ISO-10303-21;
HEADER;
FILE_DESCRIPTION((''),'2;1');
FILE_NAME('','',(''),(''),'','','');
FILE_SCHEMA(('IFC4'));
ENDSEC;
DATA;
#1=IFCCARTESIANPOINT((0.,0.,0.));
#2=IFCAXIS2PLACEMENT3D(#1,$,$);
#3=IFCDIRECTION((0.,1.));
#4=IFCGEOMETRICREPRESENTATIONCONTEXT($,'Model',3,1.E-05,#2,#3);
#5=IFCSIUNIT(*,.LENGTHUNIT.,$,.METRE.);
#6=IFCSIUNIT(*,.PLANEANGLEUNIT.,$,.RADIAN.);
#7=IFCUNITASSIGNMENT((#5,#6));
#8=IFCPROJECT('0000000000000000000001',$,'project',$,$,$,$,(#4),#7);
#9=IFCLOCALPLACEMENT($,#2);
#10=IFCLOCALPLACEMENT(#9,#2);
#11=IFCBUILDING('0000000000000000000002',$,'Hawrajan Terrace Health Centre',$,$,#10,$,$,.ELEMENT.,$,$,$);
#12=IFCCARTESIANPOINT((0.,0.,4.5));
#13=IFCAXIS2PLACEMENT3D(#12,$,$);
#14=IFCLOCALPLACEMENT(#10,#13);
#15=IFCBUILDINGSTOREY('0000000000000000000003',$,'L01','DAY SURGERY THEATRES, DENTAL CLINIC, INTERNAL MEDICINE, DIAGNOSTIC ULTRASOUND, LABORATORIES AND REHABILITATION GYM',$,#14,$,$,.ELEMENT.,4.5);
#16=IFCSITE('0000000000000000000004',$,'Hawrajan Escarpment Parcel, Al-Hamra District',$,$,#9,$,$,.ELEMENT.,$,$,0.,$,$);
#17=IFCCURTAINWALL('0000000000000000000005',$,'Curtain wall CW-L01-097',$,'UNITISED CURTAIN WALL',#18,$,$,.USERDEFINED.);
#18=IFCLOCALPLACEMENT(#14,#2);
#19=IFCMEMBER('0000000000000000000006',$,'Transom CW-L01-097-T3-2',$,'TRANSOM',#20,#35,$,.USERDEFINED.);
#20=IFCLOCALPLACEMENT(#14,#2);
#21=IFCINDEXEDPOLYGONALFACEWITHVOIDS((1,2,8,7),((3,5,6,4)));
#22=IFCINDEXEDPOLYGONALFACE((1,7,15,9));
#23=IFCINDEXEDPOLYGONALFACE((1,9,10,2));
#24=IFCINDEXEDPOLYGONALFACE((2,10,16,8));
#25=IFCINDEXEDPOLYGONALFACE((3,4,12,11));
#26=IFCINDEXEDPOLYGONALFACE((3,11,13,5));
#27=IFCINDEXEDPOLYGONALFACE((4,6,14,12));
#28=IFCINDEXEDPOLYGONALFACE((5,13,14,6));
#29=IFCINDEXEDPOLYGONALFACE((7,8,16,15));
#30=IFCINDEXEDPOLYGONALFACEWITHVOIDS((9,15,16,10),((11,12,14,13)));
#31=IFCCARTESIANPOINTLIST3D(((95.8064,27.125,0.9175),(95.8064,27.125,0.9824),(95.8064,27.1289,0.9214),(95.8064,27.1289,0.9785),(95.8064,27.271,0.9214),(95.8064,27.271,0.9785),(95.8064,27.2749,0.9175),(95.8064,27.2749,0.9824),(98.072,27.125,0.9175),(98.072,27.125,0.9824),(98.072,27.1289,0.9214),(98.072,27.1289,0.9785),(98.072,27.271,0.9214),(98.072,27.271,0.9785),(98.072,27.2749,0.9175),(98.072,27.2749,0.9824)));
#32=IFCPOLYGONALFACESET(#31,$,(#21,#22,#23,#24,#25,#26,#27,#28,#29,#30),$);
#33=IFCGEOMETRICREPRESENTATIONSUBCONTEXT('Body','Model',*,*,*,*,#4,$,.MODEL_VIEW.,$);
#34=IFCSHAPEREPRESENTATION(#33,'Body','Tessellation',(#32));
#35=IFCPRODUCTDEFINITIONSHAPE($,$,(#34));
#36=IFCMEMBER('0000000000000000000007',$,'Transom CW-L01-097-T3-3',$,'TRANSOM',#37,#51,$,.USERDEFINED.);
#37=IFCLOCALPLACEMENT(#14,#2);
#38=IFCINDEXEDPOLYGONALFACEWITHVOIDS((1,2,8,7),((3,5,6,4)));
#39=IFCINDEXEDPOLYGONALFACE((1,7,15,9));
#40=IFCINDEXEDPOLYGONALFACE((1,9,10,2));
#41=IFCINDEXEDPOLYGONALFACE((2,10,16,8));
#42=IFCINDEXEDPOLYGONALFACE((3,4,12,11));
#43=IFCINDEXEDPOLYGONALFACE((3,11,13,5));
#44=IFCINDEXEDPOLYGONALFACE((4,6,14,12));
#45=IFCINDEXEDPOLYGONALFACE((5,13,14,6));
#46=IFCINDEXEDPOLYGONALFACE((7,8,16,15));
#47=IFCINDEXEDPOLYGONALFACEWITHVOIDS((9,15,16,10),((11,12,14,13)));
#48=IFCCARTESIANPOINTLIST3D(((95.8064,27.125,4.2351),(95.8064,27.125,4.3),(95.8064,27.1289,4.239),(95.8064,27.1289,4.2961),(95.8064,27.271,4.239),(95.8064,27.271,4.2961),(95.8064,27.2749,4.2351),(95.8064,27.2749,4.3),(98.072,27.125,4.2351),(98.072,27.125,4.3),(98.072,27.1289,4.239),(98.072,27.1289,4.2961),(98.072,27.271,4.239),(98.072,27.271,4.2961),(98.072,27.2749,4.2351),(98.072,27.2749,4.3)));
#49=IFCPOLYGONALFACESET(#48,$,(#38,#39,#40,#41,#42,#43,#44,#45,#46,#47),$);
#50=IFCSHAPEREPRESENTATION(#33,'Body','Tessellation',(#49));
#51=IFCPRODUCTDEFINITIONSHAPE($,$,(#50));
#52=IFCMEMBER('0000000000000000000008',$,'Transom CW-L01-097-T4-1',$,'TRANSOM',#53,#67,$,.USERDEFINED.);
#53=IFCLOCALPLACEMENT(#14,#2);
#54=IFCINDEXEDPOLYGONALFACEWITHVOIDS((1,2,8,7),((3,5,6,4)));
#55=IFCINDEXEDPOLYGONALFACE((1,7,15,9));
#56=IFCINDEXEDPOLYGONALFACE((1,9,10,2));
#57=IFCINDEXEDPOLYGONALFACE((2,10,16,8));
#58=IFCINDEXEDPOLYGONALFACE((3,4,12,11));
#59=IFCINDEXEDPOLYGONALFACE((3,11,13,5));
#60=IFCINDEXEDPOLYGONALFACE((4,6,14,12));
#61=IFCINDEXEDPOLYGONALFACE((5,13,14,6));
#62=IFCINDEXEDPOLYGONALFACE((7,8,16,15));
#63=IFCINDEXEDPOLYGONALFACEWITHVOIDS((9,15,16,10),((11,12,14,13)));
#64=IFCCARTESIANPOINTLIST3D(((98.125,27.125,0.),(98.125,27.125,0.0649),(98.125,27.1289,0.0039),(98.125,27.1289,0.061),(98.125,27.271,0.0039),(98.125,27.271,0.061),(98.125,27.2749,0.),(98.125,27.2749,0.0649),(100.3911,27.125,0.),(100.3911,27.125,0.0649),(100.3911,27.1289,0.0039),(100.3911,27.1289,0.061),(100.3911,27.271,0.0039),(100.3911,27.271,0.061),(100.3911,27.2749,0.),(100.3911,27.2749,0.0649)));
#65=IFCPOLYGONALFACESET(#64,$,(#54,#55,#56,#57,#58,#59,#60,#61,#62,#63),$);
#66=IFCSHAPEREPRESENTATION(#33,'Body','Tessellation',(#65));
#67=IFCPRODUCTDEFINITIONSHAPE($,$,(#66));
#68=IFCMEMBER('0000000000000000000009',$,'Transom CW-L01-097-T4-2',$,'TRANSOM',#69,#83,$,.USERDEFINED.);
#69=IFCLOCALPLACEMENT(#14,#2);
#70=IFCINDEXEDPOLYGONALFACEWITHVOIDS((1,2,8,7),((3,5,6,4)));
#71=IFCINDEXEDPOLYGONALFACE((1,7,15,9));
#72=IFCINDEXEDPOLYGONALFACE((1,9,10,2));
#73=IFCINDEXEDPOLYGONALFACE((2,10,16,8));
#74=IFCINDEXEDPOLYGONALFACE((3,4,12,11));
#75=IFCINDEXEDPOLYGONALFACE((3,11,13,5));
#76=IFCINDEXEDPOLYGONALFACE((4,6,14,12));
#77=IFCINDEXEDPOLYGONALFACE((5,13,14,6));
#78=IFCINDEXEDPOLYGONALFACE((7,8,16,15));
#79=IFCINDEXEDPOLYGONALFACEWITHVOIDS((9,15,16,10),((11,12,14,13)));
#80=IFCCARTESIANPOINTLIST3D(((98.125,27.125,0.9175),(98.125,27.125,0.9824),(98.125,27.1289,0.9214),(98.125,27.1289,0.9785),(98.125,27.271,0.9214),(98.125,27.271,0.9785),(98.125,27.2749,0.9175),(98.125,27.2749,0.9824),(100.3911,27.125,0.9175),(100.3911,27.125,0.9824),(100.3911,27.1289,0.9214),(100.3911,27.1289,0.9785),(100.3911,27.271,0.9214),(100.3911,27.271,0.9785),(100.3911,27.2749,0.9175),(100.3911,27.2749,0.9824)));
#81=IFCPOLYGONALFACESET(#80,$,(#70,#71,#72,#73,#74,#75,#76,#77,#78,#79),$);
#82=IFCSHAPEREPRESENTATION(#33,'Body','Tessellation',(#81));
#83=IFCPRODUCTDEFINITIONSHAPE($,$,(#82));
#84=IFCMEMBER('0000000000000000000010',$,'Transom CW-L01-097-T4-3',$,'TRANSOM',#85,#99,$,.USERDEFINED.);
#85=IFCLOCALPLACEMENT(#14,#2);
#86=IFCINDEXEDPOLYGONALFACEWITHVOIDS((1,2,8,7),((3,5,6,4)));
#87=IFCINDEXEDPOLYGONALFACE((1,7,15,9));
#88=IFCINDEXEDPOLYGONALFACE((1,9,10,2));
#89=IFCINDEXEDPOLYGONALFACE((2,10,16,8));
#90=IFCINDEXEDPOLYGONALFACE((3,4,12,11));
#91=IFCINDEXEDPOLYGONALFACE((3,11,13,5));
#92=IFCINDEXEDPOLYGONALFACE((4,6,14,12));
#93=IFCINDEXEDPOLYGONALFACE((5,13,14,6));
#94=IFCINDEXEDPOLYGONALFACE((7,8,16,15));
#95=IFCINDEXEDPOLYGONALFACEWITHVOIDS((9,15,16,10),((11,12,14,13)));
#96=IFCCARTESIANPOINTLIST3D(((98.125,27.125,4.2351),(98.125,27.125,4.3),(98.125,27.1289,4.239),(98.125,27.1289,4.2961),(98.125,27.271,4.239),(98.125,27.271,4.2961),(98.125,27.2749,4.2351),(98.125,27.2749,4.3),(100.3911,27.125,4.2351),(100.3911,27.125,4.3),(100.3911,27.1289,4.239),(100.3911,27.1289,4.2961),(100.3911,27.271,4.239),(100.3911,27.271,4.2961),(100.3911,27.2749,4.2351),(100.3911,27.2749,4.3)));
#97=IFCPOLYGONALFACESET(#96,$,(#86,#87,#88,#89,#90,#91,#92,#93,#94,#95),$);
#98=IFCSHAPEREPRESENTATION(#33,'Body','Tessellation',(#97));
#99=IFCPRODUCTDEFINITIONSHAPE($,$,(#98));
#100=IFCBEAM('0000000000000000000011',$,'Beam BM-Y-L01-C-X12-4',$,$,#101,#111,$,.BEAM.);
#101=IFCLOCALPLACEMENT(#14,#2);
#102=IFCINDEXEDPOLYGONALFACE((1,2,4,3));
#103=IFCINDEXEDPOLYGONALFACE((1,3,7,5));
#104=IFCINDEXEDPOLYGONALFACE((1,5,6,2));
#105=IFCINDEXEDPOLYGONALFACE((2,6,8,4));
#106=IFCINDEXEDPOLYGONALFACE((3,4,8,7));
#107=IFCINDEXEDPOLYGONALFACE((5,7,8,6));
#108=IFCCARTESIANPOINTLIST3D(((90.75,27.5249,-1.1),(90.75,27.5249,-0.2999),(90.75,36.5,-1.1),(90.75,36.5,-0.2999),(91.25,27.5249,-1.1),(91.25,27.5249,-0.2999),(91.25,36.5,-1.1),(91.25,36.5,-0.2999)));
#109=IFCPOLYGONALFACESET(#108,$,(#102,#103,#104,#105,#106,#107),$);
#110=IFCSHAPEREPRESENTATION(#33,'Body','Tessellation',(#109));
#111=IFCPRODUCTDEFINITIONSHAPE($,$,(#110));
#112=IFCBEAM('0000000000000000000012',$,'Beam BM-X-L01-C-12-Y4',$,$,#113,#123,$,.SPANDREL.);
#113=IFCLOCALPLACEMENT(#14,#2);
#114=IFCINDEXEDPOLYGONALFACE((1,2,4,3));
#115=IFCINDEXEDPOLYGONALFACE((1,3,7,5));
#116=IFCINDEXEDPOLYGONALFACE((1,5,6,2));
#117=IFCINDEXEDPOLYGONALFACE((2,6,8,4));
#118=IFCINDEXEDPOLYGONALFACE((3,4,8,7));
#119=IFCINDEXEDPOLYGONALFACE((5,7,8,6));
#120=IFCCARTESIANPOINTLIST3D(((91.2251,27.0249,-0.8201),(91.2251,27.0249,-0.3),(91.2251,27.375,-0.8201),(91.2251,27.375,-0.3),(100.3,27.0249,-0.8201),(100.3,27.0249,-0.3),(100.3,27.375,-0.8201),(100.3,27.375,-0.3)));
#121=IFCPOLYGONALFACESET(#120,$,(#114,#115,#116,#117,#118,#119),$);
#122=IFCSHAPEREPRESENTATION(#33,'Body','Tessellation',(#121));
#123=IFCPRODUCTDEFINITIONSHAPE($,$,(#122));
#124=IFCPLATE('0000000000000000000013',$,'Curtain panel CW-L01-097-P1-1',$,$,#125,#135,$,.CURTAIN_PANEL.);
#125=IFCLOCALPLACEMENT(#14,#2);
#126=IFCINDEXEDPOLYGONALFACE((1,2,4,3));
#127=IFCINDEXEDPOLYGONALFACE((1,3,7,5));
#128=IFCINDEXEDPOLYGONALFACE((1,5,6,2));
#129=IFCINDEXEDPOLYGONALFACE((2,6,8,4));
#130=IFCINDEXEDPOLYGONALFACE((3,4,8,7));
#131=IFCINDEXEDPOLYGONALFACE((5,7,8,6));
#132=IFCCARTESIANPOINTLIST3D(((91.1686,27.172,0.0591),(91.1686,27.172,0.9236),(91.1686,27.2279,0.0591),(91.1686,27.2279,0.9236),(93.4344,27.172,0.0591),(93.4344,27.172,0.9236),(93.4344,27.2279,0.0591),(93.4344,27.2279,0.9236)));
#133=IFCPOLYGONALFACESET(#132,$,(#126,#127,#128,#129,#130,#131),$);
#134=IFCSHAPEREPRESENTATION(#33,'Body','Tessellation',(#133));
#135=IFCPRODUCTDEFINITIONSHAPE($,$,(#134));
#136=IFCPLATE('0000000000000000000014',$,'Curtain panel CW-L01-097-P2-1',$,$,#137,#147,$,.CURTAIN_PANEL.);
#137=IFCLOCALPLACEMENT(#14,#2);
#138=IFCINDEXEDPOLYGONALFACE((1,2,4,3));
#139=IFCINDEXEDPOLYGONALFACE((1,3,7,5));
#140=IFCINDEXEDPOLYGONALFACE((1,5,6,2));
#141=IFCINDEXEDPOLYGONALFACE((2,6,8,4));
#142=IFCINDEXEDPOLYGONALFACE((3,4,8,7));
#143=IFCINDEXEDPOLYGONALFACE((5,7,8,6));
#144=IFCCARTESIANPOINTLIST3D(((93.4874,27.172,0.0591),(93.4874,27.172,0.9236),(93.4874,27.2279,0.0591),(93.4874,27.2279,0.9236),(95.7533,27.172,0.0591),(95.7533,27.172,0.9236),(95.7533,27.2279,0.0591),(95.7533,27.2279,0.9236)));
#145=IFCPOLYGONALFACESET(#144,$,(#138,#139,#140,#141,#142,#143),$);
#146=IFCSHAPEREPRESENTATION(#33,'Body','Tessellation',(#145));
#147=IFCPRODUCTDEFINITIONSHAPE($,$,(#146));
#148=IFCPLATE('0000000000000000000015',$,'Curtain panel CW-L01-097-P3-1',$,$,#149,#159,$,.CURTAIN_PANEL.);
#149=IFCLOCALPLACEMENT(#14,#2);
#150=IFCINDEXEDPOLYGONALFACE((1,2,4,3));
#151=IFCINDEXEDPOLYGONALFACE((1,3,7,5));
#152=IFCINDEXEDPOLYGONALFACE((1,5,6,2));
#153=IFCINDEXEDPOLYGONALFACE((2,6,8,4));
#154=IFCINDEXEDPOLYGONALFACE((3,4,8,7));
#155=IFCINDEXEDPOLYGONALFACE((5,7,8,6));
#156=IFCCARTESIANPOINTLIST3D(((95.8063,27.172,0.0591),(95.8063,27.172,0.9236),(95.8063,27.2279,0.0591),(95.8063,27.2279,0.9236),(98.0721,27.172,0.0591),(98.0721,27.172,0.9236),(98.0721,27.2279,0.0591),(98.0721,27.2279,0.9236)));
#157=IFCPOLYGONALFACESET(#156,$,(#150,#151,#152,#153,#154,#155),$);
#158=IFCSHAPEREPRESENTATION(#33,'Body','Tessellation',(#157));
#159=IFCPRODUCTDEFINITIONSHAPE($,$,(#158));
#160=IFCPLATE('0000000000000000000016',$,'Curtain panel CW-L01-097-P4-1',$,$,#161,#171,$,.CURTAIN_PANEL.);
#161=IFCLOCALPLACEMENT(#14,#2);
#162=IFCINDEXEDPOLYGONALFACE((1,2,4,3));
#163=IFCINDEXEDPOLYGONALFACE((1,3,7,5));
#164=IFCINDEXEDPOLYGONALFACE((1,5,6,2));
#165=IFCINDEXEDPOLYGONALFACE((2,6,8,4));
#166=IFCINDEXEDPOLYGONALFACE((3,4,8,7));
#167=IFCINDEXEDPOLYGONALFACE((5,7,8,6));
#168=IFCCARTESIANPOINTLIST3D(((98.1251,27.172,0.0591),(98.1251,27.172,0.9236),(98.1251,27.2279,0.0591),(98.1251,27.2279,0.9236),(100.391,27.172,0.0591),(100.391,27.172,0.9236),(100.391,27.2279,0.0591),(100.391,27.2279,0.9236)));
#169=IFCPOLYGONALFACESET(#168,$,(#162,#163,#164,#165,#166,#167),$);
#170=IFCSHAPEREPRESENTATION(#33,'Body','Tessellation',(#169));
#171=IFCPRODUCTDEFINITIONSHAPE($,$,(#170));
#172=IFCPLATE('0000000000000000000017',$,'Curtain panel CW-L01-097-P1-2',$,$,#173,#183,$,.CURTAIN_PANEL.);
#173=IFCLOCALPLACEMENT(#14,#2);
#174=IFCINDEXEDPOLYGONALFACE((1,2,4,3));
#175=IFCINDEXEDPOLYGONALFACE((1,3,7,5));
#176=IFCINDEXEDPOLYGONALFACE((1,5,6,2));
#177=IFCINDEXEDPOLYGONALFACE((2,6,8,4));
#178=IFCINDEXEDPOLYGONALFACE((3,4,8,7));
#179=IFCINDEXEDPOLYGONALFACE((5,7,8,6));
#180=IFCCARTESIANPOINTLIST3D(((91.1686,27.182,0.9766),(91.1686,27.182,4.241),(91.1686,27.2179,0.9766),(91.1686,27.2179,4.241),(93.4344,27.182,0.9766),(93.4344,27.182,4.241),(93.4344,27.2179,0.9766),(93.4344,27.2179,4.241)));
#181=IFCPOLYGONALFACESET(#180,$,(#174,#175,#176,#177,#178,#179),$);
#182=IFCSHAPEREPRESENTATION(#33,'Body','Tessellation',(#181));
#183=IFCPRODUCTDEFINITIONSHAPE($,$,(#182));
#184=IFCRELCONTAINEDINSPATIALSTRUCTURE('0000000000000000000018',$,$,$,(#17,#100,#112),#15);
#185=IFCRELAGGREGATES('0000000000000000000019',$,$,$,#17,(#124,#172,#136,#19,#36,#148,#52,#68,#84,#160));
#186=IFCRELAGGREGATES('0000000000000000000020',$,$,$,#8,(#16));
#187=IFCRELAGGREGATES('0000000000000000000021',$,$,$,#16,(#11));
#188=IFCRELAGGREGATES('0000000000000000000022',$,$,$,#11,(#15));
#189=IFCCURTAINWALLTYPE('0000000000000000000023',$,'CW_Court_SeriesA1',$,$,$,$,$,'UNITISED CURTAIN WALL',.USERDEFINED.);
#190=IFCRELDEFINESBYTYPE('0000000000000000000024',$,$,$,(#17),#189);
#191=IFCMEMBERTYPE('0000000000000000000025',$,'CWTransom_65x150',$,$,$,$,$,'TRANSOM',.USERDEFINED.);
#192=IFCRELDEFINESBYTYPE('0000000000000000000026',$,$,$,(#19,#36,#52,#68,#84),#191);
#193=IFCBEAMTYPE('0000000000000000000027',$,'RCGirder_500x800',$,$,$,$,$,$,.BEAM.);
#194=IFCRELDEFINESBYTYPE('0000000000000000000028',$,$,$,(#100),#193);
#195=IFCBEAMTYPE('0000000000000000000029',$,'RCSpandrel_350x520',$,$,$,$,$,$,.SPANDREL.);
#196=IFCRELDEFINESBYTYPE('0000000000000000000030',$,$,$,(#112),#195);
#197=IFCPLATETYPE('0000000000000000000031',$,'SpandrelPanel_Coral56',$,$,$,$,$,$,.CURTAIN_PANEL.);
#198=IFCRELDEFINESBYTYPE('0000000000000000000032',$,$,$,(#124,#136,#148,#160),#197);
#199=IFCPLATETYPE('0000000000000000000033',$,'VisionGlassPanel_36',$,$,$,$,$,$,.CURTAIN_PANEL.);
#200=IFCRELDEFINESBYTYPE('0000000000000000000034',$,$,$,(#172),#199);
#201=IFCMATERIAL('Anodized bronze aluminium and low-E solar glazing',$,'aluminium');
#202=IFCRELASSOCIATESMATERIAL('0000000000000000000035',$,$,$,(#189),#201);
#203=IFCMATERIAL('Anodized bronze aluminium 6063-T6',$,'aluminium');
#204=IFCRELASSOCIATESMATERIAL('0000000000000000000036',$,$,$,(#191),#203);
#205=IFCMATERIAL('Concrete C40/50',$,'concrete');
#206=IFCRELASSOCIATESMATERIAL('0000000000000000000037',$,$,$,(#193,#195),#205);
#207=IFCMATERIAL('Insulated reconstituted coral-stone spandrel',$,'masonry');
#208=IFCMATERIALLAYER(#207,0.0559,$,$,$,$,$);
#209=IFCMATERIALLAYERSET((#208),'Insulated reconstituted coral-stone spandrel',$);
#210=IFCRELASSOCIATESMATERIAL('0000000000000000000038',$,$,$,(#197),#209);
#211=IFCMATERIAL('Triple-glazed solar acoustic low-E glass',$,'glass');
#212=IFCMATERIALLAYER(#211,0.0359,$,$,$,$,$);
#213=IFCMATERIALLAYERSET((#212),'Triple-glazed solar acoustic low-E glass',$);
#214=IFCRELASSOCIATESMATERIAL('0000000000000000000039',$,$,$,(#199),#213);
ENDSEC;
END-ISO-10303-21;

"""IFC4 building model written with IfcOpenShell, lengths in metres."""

from ifc_helpers import new_model, si_unit, direction, frame, origin, origin_2d, place, context, subcontext, project, spatial, rectangle, hollow_rectangle, extrude, material, layer, layer_set, material_profile, profile_set, type_object, element, aggregate, save


model = new_model("IFC4")

# Units and contexts
model_context = context("Model", 3, precision=1e-05, world=origin(), true_north=direction((0.0, 1.0)))
body_context = subcontext(model_context, "Body", "Model", "MODEL_VIEW")
ifc_project = project(units=[si_unit("LENGTHUNIT", "METRE"), si_unit("PLANEANGLEUNIT", "RADIAN")], contexts=[model_context])

# Site, building, storey
site_placement = place(None, origin())
site = spatial("IfcSite", under=ifc_project, at=site_placement, Name="Hawrajan Escarpment Parcel, Al-Hamra District", CompositionType="ELEMENT", RefElevation=0.0)
building_placement = place(site_placement, origin())
building = spatial("IfcBuilding", under=site, at=building_placement, Name="Hawrajan Terrace Health Centre", CompositionType="ELEMENT")
storey_placement = place(building_placement, frame((0.0, 0.0, 4.5)))
storey = spatial("IfcBuildingStorey", under=building, at=storey_placement, Name="L01", Description="DAY SURGERY THEATRES, DENTAL CLINIC, INTERNAL MEDICINE, DIAGNOSTIC ULTRASOUND, LABORATORIES AND REHABILITATION GYM", CompositionType="ELEMENT", Elevation=4.5)

# Curtain wall, members
ifc_material_1 = material(Name="Anodized bronze aluminium and low-E solar glazing", Category="aluminium")
curtain_wall_type = type_object("IfcCurtainWallType", Name="CW_Court_SeriesA1", ElementType="UNITISED CURTAIN WALL", PredefinedType="USERDEFINED", material=ifc_material_1)
curtain_wall_placement = place(storey_placement, origin())
curtain_wall = element("IfcCurtainWall", 1, at=curtain_wall_placement, inside=storey, type_object=curtain_wall_type, Name="Curtain wall CW-L01-097", ObjectType="UNITISED CURTAIN WALL", PredefinedType="USERDEFINED")
ifc_material_2 = material(Name="Anodized bronze aluminium 6063-T6", Category="aluminium")
ifc_material_profile_1 = material_profile(ifc_material_2, hollow_rectangle(XDim=0.0649, YDim=0.1499, WallThickness=0.0039, at=origin_2d()), Name="CW TRN 65x150")
ifc_profile_set_1 = profile_set([ifc_material_profile_1], Name="Anodized bronze aluminium 6063-T6")
member_type_1 = type_object("IfcMemberType", Name="CWTransom_65x150", ElementType="TRANSOM", PredefinedType="USERDEFINED", material=ifc_profile_set_1)
member_1_placement = place(storey_placement, frame((95.8064, 27.2, 0.95), z_axis=(1.0, 0.0, 0.0), x_axis=(0.0, 0.0, 1.0)))
member_1 = element("IfcMember", 2, at=member_1_placement, type_object=member_type_1, Name="Transom CW-L01-097-T3-2", ObjectType="TRANSOM", PredefinedType="USERDEFINED", context=body_context, shape_type="SweptSolid", body=[
    extrude(hollow_rectangle(XDim=0.0649, YDim=0.1499, WallThickness=0.0039, at=origin_2d()), origin(), (0.0, 0.0, 1.0), 2.2656),
])
member_2_placement = place(storey_placement, frame((95.8064, 27.2, 4.2676), z_axis=(1.0, 0.0, 0.0), x_axis=(0.0, 0.0, 1.0)))
member_2 = element("IfcMember", 3, at=member_2_placement, type_object=member_type_1, Name="Transom CW-L01-097-T3-3", ObjectType="TRANSOM", PredefinedType="USERDEFINED", context=body_context, shape_type="SweptSolid", body=[
    extrude(hollow_rectangle(XDim=0.0649, YDim=0.1499, WallThickness=0.0039, at=origin_2d()), origin(), (0.0, 0.0, 1.0), 2.2656),
])
member_3_placement = place(storey_placement, frame((98.125, 27.2, 0.0325), z_axis=(1.0, 0.0, 0.0), x_axis=(0.0, 0.0, 1.0)))
member_3 = element("IfcMember", 4, at=member_3_placement, type_object=member_type_1, Name="Transom CW-L01-097-T4-1", ObjectType="TRANSOM", PredefinedType="USERDEFINED", context=body_context, shape_type="SweptSolid", body=[
    extrude(hollow_rectangle(XDim=0.0649, YDim=0.1499, WallThickness=0.0039, at=origin_2d()), origin(), (0.0, 0.0, 1.0), 2.2661),
])
member_4_placement = place(storey_placement, frame((98.125, 27.2, 0.95), z_axis=(1.0, 0.0, 0.0), x_axis=(0.0, 0.0, 1.0)))
member_4 = element("IfcMember", 5, at=member_4_placement, type_object=member_type_1, Name="Transom CW-L01-097-T4-2", ObjectType="TRANSOM", PredefinedType="USERDEFINED", context=body_context, shape_type="SweptSolid", body=[
    extrude(hollow_rectangle(XDim=0.0649, YDim=0.1499, WallThickness=0.0039, at=origin_2d()), origin(), (0.0, 0.0, 1.0), 2.2661),
])
member_5_placement = place(storey_placement, frame((98.125, 27.2, 4.2676), z_axis=(1.0, 0.0, 0.0), x_axis=(0.0, 0.0, 1.0)))
member_5 = element("IfcMember", 6, at=member_5_placement, type_object=member_type_1, Name="Transom CW-L01-097-T4-3", ObjectType="TRANSOM", PredefinedType="USERDEFINED", context=body_context, shape_type="SweptSolid", body=[
    extrude(hollow_rectangle(XDim=0.0649, YDim=0.1499, WallThickness=0.0039, at=origin_2d()), origin(), (0.0, 0.0, 1.0), 2.2661),
])

# Beams
ifc_material_3 = material(Name="Concrete C40/50", Category="concrete")
ifc_material_profile_2 = material_profile(ifc_material_3, rectangle(XDim=0.5, YDim=0.8, at=origin_2d()), Name="RC BM 500x800")
ifc_profile_set_2 = profile_set([ifc_material_profile_2], Name="Concrete C40/50")
beam_type_1 = type_object("IfcBeamType", Name="RCGirder_500x800", PredefinedType="BEAM", material=ifc_profile_set_2)
beam_1_placement = place(storey_placement, frame((91.0, 27.5249, -0.7), z_axis=(0.0, 1.0, 0.0), x_axis=(-1.0, 0.0, 0.0)))
element("IfcBeam", 7, at=beam_1_placement, inside=storey, type_object=beam_type_1, Name="Beam BM-Y-L01-C-X12-4", PredefinedType="BEAM", context=body_context, shape_type="SweptSolid", body=[
    extrude(rectangle(XDim=0.5, YDim=0.8, at=origin_2d()), origin(), (0.0, 0.0, 1.0), 8.9751),
])
ifc_material_profile_3 = material_profile(ifc_material_3, rectangle(XDim=0.3501, YDim=0.52, at=origin_2d()), Name="RC SP 350x520")
ifc_profile_set_3 = profile_set([ifc_material_profile_3], Name="Concrete C40/50")
beam_type_2 = type_object("IfcBeamType", Name="RCSpandrel_350x520", PredefinedType="SPANDREL", material=ifc_profile_set_3)
beam_2_placement = place(storey_placement, frame((91.2251, 27.2, -0.5601), z_axis=(1.0, 0.0, 0.0), x_axis=(0.0, 1.0, 0.0)))
element("IfcBeam", 8, at=beam_2_placement, inside=storey, type_object=beam_type_2, Name="Beam BM-X-L01-C-12-Y4", PredefinedType="SPANDREL", context=body_context, shape_type="SweptSolid", body=[
    extrude(rectangle(XDim=0.3501, YDim=0.52, at=origin_2d()), origin(), (0.0, 0.0, 1.0), 9.075),
])

# Plates
ifc_material_4 = material(Name="Insulated reconstituted coral-stone spandrel", Category="masonry")
ifc_layer_1 = layer(ifc_material_4, 0.0559)
ifc_layer_set_1 = layer_set([ifc_layer_1], Name="Insulated reconstituted coral-stone spandrel")
plate_type_1 = type_object("IfcPlateType", Name="SpandrelPanel_Coral56", PredefinedType="CURTAIN_PANEL", material=ifc_layer_set_1)
plate_1_placement = place(storey_placement, frame((92.3015, 27.2, 0.0591), z_axis=(0.0, 0.0, 1.0), x_axis=(1.0, 0.0, 0.0)))
plate_1 = element("IfcPlate", 9, at=plate_1_placement, type_object=plate_type_1, Name="Curtain panel CW-L01-097-P1-1", PredefinedType="CURTAIN_PANEL", context=body_context, shape_type="SweptSolid", body=[
    extrude(rectangle(XDim=2.2659, YDim=0.0559, at=origin_2d()), origin(), (0.0, 0.0, 1.0), 0.8645),
])
plate_2_placement = place(storey_placement, frame((94.6204, 27.2, 0.0591), z_axis=(0.0, 0.0, 1.0), x_axis=(1.0, 0.0, 0.0)))
plate_2 = element("IfcPlate", 10, at=plate_2_placement, type_object=plate_type_1, Name="Curtain panel CW-L01-097-P2-1", PredefinedType="CURTAIN_PANEL", context=body_context, shape_type="SweptSolid", body=[
    extrude(rectangle(XDim=2.2659, YDim=0.0559, at=origin_2d()), origin(), (0.0, 0.0, 1.0), 0.8645),
])
plate_3_placement = place(storey_placement, frame((96.9392, 27.2, 0.0591), z_axis=(0.0, 0.0, 1.0), x_axis=(1.0, 0.0, 0.0)))
plate_3 = element("IfcPlate", 11, at=plate_3_placement, type_object=plate_type_1, Name="Curtain panel CW-L01-097-P3-1", PredefinedType="CURTAIN_PANEL", context=body_context, shape_type="SweptSolid", body=[
    extrude(rectangle(XDim=2.2659, YDim=0.0559, at=origin_2d()), origin(), (0.0, 0.0, 1.0), 0.8645),
])
plate_4_placement = place(storey_placement, frame((99.2581, 27.2, 0.0591), z_axis=(0.0, 0.0, 1.0), x_axis=(1.0, 0.0, 0.0)))
plate_4 = element("IfcPlate", 12, at=plate_4_placement, type_object=plate_type_1, Name="Curtain panel CW-L01-097-P4-1", PredefinedType="CURTAIN_PANEL", context=body_context, shape_type="SweptSolid", body=[
    extrude(rectangle(XDim=2.2659, YDim=0.0559, at=origin_2d()), origin(), (0.0, 0.0, 1.0), 0.8645),
])
ifc_material_5 = material(Name="Triple-glazed solar acoustic low-E glass", Category="glass")
ifc_layer_2 = layer(ifc_material_5, 0.0359)
ifc_layer_set_2 = layer_set([ifc_layer_2], Name="Triple-glazed solar acoustic low-E glass")
plate_type_2 = type_object("IfcPlateType", Name="VisionGlassPanel_36", PredefinedType="CURTAIN_PANEL", material=ifc_layer_set_2)
plate_5_placement = place(storey_placement, frame((92.3015, 27.2, 0.9766), z_axis=(0.0, 0.0, 1.0), x_axis=(1.0, 0.0, 0.0)))
plate_5 = element("IfcPlate", 13, at=plate_5_placement, type_object=plate_type_2, Name="Curtain panel CW-L01-097-P1-2", PredefinedType="CURTAIN_PANEL", context=body_context, shape_type="SweptSolid", body=[
    extrude(rectangle(XDim=2.2659, YDim=0.0359, at=origin_2d()), origin(), (0.0, 0.0, 1.0), 3.2644),
])
aggregate(curtain_wall, [plate_1, plate_5, plate_2, member_1, member_2, plate_3, member_3, member_4, member_5, plate_4])

save(model, "model.ifc")
